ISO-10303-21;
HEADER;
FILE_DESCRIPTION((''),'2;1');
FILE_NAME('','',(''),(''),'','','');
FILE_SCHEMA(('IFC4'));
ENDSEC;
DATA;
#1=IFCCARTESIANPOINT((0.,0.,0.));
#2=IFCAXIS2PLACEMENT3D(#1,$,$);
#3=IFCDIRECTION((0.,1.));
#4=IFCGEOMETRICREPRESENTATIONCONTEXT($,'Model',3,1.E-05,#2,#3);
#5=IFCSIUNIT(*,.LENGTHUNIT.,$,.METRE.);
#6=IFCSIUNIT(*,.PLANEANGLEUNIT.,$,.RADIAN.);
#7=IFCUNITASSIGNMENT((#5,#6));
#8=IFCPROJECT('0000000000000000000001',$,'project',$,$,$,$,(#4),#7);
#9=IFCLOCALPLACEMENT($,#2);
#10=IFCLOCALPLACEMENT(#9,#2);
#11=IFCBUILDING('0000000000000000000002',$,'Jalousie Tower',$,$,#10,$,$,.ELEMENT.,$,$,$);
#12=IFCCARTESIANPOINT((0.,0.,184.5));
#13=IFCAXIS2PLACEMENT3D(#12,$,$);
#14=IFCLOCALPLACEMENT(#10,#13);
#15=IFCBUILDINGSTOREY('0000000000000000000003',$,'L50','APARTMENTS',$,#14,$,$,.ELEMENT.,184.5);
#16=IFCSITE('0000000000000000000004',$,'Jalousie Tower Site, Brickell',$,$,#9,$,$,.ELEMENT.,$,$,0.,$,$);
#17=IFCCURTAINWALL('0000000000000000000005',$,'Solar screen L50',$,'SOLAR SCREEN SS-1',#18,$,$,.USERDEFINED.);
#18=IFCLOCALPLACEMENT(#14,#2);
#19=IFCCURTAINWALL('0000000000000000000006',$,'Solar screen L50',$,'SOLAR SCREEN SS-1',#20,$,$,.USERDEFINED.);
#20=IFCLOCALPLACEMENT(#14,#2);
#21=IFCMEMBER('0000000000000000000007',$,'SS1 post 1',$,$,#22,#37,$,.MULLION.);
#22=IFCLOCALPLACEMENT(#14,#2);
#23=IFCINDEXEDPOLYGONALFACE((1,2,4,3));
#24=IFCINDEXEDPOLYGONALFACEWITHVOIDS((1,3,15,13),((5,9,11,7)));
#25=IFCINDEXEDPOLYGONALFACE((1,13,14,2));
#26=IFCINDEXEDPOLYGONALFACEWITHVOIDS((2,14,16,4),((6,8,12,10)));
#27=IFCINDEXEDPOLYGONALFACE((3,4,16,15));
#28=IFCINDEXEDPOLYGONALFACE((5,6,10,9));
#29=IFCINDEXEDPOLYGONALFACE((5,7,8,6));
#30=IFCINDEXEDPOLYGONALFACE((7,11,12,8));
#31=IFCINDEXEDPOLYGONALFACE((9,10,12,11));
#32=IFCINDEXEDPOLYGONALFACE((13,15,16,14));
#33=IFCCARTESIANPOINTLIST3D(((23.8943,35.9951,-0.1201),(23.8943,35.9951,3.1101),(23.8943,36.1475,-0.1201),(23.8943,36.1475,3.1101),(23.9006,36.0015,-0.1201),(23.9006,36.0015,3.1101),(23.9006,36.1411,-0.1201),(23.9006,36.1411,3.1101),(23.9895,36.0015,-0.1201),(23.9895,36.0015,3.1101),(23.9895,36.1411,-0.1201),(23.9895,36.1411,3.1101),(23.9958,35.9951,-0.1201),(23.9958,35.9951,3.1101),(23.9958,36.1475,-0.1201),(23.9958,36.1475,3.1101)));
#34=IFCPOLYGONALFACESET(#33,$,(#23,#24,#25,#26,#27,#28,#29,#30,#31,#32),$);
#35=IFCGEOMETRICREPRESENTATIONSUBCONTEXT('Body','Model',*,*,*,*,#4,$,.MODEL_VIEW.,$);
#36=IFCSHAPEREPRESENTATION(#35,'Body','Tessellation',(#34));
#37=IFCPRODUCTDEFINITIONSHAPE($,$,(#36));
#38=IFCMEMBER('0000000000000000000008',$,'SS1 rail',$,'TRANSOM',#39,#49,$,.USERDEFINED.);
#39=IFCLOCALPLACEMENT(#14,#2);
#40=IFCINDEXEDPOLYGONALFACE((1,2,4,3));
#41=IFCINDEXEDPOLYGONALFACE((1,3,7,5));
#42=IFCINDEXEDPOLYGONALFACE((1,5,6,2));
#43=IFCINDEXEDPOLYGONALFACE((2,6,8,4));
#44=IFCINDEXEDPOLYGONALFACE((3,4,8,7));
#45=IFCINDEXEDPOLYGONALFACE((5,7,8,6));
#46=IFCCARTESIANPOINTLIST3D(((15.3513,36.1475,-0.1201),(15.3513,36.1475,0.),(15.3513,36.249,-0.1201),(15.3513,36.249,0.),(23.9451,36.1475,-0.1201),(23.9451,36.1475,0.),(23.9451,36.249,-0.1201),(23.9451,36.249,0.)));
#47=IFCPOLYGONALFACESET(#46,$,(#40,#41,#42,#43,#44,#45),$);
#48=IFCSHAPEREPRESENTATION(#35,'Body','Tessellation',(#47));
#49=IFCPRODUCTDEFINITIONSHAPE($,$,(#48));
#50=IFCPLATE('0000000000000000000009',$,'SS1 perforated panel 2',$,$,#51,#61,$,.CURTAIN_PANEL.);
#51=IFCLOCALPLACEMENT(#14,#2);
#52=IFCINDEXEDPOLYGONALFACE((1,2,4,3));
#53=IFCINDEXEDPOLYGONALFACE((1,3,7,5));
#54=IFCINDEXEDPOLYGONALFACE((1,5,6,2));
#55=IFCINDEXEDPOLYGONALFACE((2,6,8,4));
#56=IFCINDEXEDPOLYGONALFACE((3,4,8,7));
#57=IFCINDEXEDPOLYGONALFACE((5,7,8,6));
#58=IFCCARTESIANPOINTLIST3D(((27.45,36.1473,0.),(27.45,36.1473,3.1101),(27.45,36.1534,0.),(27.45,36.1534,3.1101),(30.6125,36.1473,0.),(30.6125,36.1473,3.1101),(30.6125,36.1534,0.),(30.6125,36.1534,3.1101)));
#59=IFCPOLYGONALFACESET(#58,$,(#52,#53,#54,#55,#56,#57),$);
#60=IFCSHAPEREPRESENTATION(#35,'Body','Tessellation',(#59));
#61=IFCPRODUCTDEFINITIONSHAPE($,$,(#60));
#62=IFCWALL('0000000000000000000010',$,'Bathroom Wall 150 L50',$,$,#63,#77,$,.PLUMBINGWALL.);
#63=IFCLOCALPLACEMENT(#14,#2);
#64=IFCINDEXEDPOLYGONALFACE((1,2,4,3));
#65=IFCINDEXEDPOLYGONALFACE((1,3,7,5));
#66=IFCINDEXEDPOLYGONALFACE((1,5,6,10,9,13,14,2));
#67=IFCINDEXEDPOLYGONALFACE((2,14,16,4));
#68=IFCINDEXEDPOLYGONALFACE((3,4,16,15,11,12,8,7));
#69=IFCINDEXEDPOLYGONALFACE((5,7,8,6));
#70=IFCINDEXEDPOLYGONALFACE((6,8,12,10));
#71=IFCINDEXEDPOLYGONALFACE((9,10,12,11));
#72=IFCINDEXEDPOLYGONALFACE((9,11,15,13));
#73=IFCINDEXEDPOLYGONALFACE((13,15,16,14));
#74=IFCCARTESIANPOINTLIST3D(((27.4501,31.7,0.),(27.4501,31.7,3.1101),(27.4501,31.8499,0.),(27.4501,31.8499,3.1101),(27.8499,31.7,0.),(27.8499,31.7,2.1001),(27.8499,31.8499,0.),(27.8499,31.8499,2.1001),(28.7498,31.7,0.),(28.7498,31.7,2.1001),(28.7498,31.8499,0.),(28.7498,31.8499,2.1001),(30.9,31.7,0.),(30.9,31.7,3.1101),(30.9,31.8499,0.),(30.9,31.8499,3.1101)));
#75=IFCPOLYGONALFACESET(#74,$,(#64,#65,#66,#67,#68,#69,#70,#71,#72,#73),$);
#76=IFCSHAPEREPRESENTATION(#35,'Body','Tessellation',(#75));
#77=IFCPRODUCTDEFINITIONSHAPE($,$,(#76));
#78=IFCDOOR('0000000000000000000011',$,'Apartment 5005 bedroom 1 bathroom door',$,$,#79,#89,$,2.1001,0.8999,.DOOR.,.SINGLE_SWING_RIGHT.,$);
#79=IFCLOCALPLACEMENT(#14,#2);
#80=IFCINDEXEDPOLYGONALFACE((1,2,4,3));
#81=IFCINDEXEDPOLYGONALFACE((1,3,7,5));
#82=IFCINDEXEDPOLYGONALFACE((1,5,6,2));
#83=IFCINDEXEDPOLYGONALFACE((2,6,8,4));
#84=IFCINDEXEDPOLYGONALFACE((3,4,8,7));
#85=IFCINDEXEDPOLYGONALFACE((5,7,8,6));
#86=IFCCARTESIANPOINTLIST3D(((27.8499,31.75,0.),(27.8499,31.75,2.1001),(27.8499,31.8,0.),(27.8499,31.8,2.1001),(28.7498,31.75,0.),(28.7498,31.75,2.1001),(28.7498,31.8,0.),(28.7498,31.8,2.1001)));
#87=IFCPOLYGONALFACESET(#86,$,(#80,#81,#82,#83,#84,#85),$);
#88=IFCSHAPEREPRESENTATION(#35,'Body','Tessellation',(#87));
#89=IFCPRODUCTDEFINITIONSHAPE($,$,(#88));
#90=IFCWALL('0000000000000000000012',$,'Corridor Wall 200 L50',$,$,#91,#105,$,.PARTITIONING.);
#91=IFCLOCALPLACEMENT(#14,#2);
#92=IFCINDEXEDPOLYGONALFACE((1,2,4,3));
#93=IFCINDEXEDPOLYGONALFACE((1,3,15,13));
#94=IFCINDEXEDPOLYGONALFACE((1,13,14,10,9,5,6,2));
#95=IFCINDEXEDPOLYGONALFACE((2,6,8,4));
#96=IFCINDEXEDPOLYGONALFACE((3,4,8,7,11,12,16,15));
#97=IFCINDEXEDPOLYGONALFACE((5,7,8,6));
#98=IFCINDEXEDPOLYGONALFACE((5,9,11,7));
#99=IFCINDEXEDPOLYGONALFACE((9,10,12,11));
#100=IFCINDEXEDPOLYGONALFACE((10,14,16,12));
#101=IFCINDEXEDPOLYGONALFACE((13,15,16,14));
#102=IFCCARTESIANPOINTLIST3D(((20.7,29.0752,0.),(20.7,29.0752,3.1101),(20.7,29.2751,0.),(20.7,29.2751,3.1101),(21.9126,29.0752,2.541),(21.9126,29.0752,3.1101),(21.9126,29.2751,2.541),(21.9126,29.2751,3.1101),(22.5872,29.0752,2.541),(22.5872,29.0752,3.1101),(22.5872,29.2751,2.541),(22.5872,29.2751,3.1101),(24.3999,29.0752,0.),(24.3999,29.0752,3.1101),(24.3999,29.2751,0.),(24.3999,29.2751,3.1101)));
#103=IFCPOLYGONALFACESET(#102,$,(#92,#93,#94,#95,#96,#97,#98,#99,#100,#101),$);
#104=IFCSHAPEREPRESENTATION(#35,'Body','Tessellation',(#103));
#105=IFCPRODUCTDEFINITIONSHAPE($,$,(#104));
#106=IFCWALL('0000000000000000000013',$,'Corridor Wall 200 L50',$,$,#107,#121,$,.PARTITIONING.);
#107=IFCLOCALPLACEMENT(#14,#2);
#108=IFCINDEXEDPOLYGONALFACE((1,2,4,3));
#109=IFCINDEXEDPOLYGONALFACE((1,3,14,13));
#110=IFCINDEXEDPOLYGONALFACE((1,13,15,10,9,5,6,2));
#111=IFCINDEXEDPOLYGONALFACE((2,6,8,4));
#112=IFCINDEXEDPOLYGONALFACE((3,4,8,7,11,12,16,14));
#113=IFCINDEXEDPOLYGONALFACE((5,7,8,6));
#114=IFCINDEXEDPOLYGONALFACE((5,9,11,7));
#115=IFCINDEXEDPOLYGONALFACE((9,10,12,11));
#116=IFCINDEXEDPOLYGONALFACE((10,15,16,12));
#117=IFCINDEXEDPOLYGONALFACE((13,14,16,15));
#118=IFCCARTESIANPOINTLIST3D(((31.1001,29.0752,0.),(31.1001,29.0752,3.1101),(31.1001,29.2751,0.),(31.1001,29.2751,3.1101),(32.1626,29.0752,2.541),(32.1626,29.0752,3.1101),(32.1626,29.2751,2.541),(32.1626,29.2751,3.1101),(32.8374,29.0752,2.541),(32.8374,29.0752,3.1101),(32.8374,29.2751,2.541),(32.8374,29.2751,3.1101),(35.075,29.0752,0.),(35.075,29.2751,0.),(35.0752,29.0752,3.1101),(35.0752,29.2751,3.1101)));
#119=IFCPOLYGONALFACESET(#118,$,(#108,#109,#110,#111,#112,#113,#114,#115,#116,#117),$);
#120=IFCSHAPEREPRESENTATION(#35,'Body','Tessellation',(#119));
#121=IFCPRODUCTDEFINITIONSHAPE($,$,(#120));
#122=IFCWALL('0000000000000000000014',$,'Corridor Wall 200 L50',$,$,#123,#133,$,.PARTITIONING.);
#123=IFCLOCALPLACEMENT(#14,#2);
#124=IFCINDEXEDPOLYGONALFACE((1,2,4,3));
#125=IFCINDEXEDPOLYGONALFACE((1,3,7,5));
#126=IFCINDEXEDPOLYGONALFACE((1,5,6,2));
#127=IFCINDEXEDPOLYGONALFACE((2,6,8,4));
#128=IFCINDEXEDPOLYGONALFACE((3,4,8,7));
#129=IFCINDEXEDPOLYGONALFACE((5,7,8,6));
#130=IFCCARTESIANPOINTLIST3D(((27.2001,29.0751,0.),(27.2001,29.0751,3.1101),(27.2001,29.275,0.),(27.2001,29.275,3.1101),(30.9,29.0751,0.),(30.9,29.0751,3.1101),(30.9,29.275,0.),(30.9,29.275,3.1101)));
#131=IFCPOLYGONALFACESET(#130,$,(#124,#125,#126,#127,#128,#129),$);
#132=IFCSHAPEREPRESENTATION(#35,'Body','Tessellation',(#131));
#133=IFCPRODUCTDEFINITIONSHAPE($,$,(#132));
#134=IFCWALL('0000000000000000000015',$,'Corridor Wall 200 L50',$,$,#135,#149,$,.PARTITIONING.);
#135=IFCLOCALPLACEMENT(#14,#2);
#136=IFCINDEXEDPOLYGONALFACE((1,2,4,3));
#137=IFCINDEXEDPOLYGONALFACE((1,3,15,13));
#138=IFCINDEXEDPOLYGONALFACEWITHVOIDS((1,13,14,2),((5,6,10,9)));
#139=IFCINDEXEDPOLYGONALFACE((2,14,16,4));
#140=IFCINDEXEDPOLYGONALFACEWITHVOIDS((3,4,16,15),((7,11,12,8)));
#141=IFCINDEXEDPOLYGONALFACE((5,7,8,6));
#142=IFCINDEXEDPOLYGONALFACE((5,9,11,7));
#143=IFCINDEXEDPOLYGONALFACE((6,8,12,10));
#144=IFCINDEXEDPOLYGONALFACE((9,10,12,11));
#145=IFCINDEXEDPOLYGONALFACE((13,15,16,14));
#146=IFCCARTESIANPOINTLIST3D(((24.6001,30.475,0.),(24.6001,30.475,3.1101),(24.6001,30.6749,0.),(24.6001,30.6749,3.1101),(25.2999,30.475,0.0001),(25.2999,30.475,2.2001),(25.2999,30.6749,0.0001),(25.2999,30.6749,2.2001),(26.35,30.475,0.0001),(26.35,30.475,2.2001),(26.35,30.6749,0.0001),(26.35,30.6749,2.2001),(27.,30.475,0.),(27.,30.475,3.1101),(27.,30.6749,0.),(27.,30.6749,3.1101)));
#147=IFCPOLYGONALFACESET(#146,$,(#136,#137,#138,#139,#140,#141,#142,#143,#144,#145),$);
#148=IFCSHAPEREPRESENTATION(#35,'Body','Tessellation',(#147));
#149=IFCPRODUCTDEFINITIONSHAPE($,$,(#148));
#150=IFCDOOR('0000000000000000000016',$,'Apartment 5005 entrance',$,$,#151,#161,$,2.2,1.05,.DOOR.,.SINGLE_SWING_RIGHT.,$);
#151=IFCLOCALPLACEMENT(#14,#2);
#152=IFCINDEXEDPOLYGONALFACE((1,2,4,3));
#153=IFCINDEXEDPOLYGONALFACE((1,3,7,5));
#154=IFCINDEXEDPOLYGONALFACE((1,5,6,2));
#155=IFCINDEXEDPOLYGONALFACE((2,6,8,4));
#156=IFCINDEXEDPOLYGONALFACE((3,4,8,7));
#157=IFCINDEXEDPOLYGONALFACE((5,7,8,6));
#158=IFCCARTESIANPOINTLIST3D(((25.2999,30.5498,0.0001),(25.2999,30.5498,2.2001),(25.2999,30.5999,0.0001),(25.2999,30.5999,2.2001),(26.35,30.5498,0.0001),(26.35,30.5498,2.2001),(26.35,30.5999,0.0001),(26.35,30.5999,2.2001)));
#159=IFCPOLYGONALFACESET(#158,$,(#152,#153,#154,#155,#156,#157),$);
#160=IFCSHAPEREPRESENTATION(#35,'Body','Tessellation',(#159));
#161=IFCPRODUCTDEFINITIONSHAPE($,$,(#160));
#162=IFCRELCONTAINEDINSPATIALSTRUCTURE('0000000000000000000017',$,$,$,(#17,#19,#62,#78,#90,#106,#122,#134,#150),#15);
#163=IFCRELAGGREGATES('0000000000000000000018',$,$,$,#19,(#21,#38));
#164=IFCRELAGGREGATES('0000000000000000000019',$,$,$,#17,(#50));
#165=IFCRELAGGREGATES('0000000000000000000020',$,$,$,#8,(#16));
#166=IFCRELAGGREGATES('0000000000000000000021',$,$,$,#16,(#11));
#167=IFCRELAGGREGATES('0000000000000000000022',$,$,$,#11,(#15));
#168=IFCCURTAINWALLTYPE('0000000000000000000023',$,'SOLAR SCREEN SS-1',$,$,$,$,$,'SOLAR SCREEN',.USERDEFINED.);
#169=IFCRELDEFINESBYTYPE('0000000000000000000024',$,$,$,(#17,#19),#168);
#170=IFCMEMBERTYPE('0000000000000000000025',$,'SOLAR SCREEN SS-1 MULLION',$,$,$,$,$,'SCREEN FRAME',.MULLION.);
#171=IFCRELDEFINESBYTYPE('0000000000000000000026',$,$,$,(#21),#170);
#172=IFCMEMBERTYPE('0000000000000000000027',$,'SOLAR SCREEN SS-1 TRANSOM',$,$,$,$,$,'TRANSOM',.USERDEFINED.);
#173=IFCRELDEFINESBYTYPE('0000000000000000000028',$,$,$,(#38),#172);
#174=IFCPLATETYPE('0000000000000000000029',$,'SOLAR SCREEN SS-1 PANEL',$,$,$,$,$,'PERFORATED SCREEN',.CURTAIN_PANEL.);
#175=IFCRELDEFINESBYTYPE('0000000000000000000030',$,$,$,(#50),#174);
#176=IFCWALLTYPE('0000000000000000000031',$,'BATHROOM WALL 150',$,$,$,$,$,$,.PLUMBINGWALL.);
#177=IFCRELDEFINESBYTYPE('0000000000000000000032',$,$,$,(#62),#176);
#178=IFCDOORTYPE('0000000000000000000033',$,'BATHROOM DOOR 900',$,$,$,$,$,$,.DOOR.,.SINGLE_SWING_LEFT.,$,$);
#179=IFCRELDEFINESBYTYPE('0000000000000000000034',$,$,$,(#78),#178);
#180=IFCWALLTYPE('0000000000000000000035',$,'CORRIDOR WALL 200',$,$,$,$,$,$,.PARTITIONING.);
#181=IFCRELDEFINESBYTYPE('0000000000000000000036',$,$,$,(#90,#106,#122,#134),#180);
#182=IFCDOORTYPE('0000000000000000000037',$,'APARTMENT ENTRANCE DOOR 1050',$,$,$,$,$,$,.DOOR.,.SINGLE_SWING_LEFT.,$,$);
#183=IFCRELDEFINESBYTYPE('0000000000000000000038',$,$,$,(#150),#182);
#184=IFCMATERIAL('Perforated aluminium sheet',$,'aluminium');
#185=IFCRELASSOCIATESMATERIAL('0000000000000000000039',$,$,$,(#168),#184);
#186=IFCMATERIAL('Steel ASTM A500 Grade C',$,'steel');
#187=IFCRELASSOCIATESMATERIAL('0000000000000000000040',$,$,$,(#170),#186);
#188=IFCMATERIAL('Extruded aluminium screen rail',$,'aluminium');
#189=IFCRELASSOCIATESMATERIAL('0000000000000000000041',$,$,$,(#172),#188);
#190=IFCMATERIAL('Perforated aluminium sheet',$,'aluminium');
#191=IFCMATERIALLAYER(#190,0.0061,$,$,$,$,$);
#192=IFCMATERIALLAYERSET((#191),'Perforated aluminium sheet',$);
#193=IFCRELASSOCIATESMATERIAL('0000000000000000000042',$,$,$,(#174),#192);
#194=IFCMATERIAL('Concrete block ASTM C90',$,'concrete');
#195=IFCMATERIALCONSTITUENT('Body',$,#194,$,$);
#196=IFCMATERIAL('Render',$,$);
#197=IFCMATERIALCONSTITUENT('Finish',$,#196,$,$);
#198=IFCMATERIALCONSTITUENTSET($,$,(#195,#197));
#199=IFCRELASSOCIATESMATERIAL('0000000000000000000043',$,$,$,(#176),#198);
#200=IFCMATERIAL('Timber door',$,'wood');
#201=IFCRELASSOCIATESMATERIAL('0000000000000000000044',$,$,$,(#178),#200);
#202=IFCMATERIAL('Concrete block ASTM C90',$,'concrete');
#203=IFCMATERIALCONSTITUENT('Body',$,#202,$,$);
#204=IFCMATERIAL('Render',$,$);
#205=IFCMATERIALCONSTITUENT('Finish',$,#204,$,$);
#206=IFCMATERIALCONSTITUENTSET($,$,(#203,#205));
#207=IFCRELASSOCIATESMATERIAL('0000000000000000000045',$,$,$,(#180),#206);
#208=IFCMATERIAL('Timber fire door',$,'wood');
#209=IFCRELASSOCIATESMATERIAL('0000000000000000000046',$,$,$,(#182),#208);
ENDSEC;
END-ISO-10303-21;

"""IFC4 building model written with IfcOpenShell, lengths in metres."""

from ifc_helpers import new_model, si_unit, direction, frame, frame_2d, origin, origin_2d, place, context, subcontext, project, spatial, polyline, rectangle, hollow_rectangle, outline, extrude, material, layer, layer_set, constituent, constituent_set, material_profile, profile_set, type_object, element, fill, aggregate, save


model = new_model("IFC4")

# Units and contexts
model_context = context("Model", 3, precision=1e-05, world=origin(), true_north=direction((0.0, 1.0)))
body_context = subcontext(model_context, "Body", "Model", "MODEL_VIEW")
ifc_project = project(units=[si_unit("LENGTHUNIT", "METRE"), si_unit("PLANEANGLEUNIT", "RADIAN")], contexts=[model_context])

# Site, building, storey
site_placement = place(None, origin())
site = spatial("IfcSite", under=ifc_project, at=site_placement, Name="Jalousie Tower Site, Brickell", CompositionType="ELEMENT", RefElevation=0.0)
building_placement = place(site_placement, origin())
building = spatial("IfcBuilding", under=site, at=building_placement, Name="Jalousie Tower", CompositionType="ELEMENT")
storey_placement = place(building_placement, frame((0.0, 0.0, 184.5)))
storey = spatial("IfcBuildingStorey", under=building, at=storey_placement, Name="L50", Description="APARTMENTS", CompositionType="ELEMENT", Elevation=184.5)

# Curtain walls, members
ifc_material_1 = material(Name="Perforated aluminium sheet", Category="aluminium")
curtain_wall_type = type_object("IfcCurtainWallType", Name="SOLAR SCREEN SS-1", ElementType="SOLAR SCREEN", PredefinedType="USERDEFINED", material=ifc_material_1)
curtain_wall_1_placement = place(storey_placement, origin())
curtain_wall_1 = element("IfcCurtainWall", 1, at=curtain_wall_1_placement, inside=storey, type_object=curtain_wall_type, Name="Solar screen L50", ObjectType="SOLAR SCREEN SS-1", PredefinedType="USERDEFINED")
ifc_material_2 = material(Name="Steel ASTM A500 Grade C", Category="steel")
ifc_material_profile_1 = material_profile(ifc_material_2, hollow_rectangle(XDim=0.1016, YDim=0.1523, WallThickness=0.0063, at=origin_2d()), Name="HSS6X4X1/4")
ifc_profile_set_1 = profile_set([ifc_material_profile_1], Name="Steel ASTM A500 Grade C")
member_type_1 = type_object("IfcMemberType", Name="SOLAR SCREEN SS-1 MULLION", ElementType="SCREEN FRAME", PredefinedType="MULLION", material=ifc_profile_set_1)
curtain_wall_2_placement = place(storey_placement, origin())
curtain_wall_2 = element("IfcCurtainWall", 2, at=curtain_wall_2_placement, inside=storey, type_object=curtain_wall_type, Name="Solar screen L50", ObjectType="SOLAR SCREEN SS-1", PredefinedType="USERDEFINED")
member_1_placement = place(storey_placement, frame((23.9451, 36.0713, -0.1201), z_axis=(0.0, 0.0, 1.0), x_axis=(-1.0, 0.0, 0.0)))
member_1 = element("IfcMember", 3, at=member_1_placement, type_object=member_type_1, Name="SS1 post 1", PredefinedType="MULLION", context=body_context, shape_type="SweptSolid", body=[
    extrude(hollow_rectangle(XDim=0.1016, YDim=0.1523, WallThickness=0.0063, at=origin_2d()), origin(), (0.0, 0.0, 1.0), 3.2302),
])
ifc_material_3 = material(Name="Extruded aluminium screen rail", Category="aluminium")
ifc_material_profile_2 = material_profile(ifc_material_3, rectangle(XDim=0.1016, YDim=0.1201, at=origin_2d()), Name="RAIL 102x120")
ifc_profile_set_2 = profile_set([ifc_material_profile_2], Name="Extruded aluminium screen rail")
member_type_2 = type_object("IfcMemberType", Name="SOLAR SCREEN SS-1 TRANSOM", ElementType="TRANSOM", PredefinedType="USERDEFINED", material=ifc_profile_set_2)
member_2_placement = place(storey_placement, frame((23.9451, 36.1982, -0.0601), z_axis=(-1.0, 0.0, 0.0), x_axis=(0.0, -1.0, 0.0)))
member_2 = element("IfcMember", 4, at=member_2_placement, type_object=member_type_2, Name="SS1 rail", ObjectType="TRANSOM", PredefinedType="USERDEFINED", context=body_context, shape_type="SweptSolid", body=[
    extrude(rectangle(XDim=0.1016, YDim=0.1201, at=origin_2d()), origin(), (0.0, 0.0, 1.0), 8.5938),
])
aggregate(curtain_wall_2, [member_1, member_2])

# Plate
ifc_material_4 = material(Name="Perforated aluminium sheet", Category="aluminium")
ifc_layer = layer(ifc_material_4, 0.0061)
ifc_layer_set = layer_set([ifc_layer], Name="Perforated aluminium sheet")
plate_type = type_object("IfcPlateType", Name="SOLAR SCREEN SS-1 PANEL", ElementType="PERFORATED SCREEN", PredefinedType="CURTAIN_PANEL", material=ifc_layer_set)
plate_placement = place(storey_placement, frame((29.0312, 36.1504, 0.0), z_axis=(0.0, 0.0, 1.0), x_axis=(-1.0, 0.0, 0.0)))
plate = element("IfcPlate", 5, at=plate_placement, type_object=plate_type, Name="SS1 perforated panel 2", PredefinedType="CURTAIN_PANEL", context=body_context, shape_type="SweptSolid", body=[
    extrude(rectangle(XDim=3.1626, YDim=0.0061, at=origin_2d()), origin(), (0.0, 0.0, 1.0), 3.1101),
])
aggregate(curtain_wall_1, [plate])

# Wall, opening, door
ifc_material_5 = material(Name="Concrete block ASTM C90", Category="concrete")
ifc_constituent_1 = constituent(ifc_material_5, Name="Body")
ifc_material_6 = material(Name="Render")
ifc_constituent_2 = constituent(ifc_material_6, Name="Finish")
ifc_constituent_set_1 = constituent_set(constituents=[ifc_constituent_1, ifc_constituent_2])
wall_type_1 = type_object("IfcWallType", Name="BATHROOM WALL 150", PredefinedType="PLUMBINGWALL", material=ifc_constituent_set_1)
wall_1_placement = place(storey_placement, frame((27.45, 31.7749, 0.0), z_axis=(0.0, 0.0, 1.0), x_axis=(1.0, 0.0, 0.0)))
wall_1 = element("IfcWall", 6, at=wall_1_placement, inside=storey, type_object=wall_type_1, Name="Bathroom Wall 150 L50", PredefinedType="PLUMBINGWALL", context=body_context, shape_type="SweptSolid", body=[
    extrude(rectangle(XDim=3.45, YDim=0.1499, at=frame_2d((1.7251, 0.0))), origin(), (0.0, 0.0, 1.0), 3.1101),
])
opening_1_placement = place(wall_1_placement, frame((0.3999, 0.0, 0.0)))
opening_1 = element("IfcOpeningElement", 7, at=opening_1_placement, cuts=wall_1, PredefinedType="OPENING", context=body_context, shape_type="SweptSolid", body=[
    extrude(rectangle(XDim=0.8999, YDim=2.1001, at=frame_2d((0.45, 1.05))), frame((0.0, 0.085, 0.0), z_axis=(0.0, -1.0, 0.0), x_axis=(1.0, 0.0, 0.0)), (0.0, 0.0, 1.0), 0.1699),
])
ifc_material_7 = material(Name="Timber door", Category="wood")
door_type_1 = type_object("IfcDoorType", Name="BATHROOM DOOR 900", OperationType="SINGLE_SWING_LEFT", PredefinedType="DOOR", material=ifc_material_7)
door_1_placement = place(opening_1_placement, frame((0.8999, 0.0, 0.0), z_axis=(0.0, 0.0, 1.0), x_axis=(-1.0, 0.0, 0.0)))
door_1 = element("IfcDoor", 8, at=door_1_placement, inside=storey, type_object=door_type_1, Name="Apartment 5005 bedroom 1 bathroom door", OperationType="SINGLE_SWING_RIGHT", OverallHeight=2.1001, OverallWidth=0.8999, PredefinedType="DOOR", context=body_context, shape_type="SweptSolid", body=[
    extrude(rectangle(XDim=0.8999, YDim=2.1001, at=frame_2d((0.45, 1.05))), frame((0.0, 0.0249, 0.0), z_axis=(0.0, -1.0, 0.0), x_axis=(1.0, 0.0, 0.0)), (0.0, 0.0, 1.0), 0.05),
])
fill(opening_1, door_1)

# Walls
ifc_material_8 = material(Name="Concrete block ASTM C90", Category="concrete")
ifc_constituent_3 = constituent(ifc_material_8, Name="Body")
ifc_material_9 = material(Name="Render")
ifc_constituent_4 = constituent(ifc_material_9, Name="Finish")
ifc_constituent_set_2 = constituent_set(constituents=[ifc_constituent_3, ifc_constituent_4])
wall_type_2 = type_object("IfcWallType", Name="CORRIDOR WALL 200", PredefinedType="PARTITIONING", material=ifc_constituent_set_2)
wall_2_placement = place(storey_placement, frame((20.7, 29.175, 0.0), z_axis=(0.0, 0.0, 1.0), x_axis=(1.0, 0.0, 0.0)))
element("IfcWall", 9, at=wall_2_placement, inside=storey, type_object=wall_type_2, Name="Corridor Wall 200 L50", PredefinedType="PARTITIONING", context=body_context, shape_type="SweptSolid", body=[
    extrude(outline(polyline([(0.0, 0.0), (3.7, 0.0), (3.7, 3.1101), (1.8872, 3.1101), (1.8872, 2.541), (1.2126, 2.541), (1.2126, 3.1101), (0.0, 3.1101), (0.0, 0.0)])), frame((0.0, 0.1001, 0.0), z_axis=(0.0, -1.0, 0.0), x_axis=(1.0, 0.0, 0.0)), (0.0, 0.0, 1.0), 0.2),
])
wall_3_placement = place(storey_placement, frame((31.1001, 29.175, 0.0), z_axis=(0.0, 0.0, 1.0), x_axis=(1.0, 0.0, 0.0)))
element("IfcWall", 10, at=wall_3_placement, inside=storey, type_object=wall_type_2, Name="Corridor Wall 200 L50", PredefinedType="PARTITIONING", context=body_context, shape_type="SweptSolid", body=[
    extrude(outline(polyline([(0.0, 0.0), (3.9749, 0.0), (3.9751, 3.1101), (1.7373, 3.1101), (1.7373, 2.541), (1.0625, 2.541), (1.0625, 3.1101), (0.0, 3.1101), (0.0, 0.0)])), frame((0.0, 0.1001, 0.0), z_axis=(0.0, -1.0, 0.0), x_axis=(1.0, 0.0, 0.0)), (0.0, 0.0, 1.0), 0.2),
])
wall_4_placement = place(storey_placement, frame((27.2, 29.175, 0.0), z_axis=(0.0, 0.0, 1.0), x_axis=(1.0, 0.0, 0.0)))
element("IfcWall", 11, at=wall_4_placement, inside=storey, type_object=wall_type_2, Name="Corridor Wall 200 L50", PredefinedType="PARTITIONING", context=body_context, shape_type="SweptSolid", body=[
    extrude(rectangle(XDim=3.7, YDim=0.2, at=frame_2d((1.8501, 0.0))), origin(), (0.0, 0.0, 1.0), 3.1101),
])

# Wall, opening, door
wall_5_placement = place(storey_placement, frame((24.6001, 30.575, 0.0), z_axis=(0.0, 0.0, 1.0), x_axis=(1.0, 0.0, 0.0)))
wall_5 = element("IfcWall", 12, at=wall_5_placement, inside=storey, type_object=wall_type_2, Name="Corridor Wall 200 L50", PredefinedType="PARTITIONING", context=body_context, shape_type="SweptSolid", body=[
    extrude(rectangle(XDim=2.3999, YDim=0.2, at=frame_2d((1.2, 0.0))), origin(), (0.0, 0.0, 1.0), 3.1101),
])
opening_2_placement = place(wall_5_placement, frame((0.7, 0.0, 0.0)))
opening_2 = element("IfcOpeningElement", 13, at=opening_2_placement, cuts=wall_5, PredefinedType="OPENING", context=body_context, shape_type="SweptSolid", body=[
    extrude(rectangle(XDim=1.05, YDim=2.2, at=frame_2d((0.5249, 1.1001))), frame((0.0, 0.1099, 0.0), z_axis=(0.0, -1.0, 0.0), x_axis=(1.0, 0.0, 0.0)), (0.0, 0.0, 1.0), 0.22),
])
ifc_material_10 = material(Name="Timber fire door", Category="wood")
door_type_2 = type_object("IfcDoorType", Name="APARTMENT ENTRANCE DOOR 1050", OperationType="SINGLE_SWING_LEFT", PredefinedType="DOOR", material=ifc_material_10)
door_2_placement = place(opening_2_placement, origin())
door_2 = element("IfcDoor", 14, at=door_2_placement, inside=storey, type_object=door_type_2, Name="Apartment 5005 entrance", OperationType="SINGLE_SWING_RIGHT", OverallHeight=2.2, OverallWidth=1.05, PredefinedType="DOOR", context=body_context, shape_type="SweptSolid", body=[
    extrude(rectangle(XDim=1.05, YDim=2.2, at=frame_2d((0.5249, 1.1001))), frame((0.0, 0.0249, 0.0), z_axis=(0.0, -1.0, 0.0), x_axis=(1.0, 0.0, 0.0)), (0.0, 0.0, 1.0), 0.05),
])
fill(opening_2, door_2)

save(model, "model.ifc")
